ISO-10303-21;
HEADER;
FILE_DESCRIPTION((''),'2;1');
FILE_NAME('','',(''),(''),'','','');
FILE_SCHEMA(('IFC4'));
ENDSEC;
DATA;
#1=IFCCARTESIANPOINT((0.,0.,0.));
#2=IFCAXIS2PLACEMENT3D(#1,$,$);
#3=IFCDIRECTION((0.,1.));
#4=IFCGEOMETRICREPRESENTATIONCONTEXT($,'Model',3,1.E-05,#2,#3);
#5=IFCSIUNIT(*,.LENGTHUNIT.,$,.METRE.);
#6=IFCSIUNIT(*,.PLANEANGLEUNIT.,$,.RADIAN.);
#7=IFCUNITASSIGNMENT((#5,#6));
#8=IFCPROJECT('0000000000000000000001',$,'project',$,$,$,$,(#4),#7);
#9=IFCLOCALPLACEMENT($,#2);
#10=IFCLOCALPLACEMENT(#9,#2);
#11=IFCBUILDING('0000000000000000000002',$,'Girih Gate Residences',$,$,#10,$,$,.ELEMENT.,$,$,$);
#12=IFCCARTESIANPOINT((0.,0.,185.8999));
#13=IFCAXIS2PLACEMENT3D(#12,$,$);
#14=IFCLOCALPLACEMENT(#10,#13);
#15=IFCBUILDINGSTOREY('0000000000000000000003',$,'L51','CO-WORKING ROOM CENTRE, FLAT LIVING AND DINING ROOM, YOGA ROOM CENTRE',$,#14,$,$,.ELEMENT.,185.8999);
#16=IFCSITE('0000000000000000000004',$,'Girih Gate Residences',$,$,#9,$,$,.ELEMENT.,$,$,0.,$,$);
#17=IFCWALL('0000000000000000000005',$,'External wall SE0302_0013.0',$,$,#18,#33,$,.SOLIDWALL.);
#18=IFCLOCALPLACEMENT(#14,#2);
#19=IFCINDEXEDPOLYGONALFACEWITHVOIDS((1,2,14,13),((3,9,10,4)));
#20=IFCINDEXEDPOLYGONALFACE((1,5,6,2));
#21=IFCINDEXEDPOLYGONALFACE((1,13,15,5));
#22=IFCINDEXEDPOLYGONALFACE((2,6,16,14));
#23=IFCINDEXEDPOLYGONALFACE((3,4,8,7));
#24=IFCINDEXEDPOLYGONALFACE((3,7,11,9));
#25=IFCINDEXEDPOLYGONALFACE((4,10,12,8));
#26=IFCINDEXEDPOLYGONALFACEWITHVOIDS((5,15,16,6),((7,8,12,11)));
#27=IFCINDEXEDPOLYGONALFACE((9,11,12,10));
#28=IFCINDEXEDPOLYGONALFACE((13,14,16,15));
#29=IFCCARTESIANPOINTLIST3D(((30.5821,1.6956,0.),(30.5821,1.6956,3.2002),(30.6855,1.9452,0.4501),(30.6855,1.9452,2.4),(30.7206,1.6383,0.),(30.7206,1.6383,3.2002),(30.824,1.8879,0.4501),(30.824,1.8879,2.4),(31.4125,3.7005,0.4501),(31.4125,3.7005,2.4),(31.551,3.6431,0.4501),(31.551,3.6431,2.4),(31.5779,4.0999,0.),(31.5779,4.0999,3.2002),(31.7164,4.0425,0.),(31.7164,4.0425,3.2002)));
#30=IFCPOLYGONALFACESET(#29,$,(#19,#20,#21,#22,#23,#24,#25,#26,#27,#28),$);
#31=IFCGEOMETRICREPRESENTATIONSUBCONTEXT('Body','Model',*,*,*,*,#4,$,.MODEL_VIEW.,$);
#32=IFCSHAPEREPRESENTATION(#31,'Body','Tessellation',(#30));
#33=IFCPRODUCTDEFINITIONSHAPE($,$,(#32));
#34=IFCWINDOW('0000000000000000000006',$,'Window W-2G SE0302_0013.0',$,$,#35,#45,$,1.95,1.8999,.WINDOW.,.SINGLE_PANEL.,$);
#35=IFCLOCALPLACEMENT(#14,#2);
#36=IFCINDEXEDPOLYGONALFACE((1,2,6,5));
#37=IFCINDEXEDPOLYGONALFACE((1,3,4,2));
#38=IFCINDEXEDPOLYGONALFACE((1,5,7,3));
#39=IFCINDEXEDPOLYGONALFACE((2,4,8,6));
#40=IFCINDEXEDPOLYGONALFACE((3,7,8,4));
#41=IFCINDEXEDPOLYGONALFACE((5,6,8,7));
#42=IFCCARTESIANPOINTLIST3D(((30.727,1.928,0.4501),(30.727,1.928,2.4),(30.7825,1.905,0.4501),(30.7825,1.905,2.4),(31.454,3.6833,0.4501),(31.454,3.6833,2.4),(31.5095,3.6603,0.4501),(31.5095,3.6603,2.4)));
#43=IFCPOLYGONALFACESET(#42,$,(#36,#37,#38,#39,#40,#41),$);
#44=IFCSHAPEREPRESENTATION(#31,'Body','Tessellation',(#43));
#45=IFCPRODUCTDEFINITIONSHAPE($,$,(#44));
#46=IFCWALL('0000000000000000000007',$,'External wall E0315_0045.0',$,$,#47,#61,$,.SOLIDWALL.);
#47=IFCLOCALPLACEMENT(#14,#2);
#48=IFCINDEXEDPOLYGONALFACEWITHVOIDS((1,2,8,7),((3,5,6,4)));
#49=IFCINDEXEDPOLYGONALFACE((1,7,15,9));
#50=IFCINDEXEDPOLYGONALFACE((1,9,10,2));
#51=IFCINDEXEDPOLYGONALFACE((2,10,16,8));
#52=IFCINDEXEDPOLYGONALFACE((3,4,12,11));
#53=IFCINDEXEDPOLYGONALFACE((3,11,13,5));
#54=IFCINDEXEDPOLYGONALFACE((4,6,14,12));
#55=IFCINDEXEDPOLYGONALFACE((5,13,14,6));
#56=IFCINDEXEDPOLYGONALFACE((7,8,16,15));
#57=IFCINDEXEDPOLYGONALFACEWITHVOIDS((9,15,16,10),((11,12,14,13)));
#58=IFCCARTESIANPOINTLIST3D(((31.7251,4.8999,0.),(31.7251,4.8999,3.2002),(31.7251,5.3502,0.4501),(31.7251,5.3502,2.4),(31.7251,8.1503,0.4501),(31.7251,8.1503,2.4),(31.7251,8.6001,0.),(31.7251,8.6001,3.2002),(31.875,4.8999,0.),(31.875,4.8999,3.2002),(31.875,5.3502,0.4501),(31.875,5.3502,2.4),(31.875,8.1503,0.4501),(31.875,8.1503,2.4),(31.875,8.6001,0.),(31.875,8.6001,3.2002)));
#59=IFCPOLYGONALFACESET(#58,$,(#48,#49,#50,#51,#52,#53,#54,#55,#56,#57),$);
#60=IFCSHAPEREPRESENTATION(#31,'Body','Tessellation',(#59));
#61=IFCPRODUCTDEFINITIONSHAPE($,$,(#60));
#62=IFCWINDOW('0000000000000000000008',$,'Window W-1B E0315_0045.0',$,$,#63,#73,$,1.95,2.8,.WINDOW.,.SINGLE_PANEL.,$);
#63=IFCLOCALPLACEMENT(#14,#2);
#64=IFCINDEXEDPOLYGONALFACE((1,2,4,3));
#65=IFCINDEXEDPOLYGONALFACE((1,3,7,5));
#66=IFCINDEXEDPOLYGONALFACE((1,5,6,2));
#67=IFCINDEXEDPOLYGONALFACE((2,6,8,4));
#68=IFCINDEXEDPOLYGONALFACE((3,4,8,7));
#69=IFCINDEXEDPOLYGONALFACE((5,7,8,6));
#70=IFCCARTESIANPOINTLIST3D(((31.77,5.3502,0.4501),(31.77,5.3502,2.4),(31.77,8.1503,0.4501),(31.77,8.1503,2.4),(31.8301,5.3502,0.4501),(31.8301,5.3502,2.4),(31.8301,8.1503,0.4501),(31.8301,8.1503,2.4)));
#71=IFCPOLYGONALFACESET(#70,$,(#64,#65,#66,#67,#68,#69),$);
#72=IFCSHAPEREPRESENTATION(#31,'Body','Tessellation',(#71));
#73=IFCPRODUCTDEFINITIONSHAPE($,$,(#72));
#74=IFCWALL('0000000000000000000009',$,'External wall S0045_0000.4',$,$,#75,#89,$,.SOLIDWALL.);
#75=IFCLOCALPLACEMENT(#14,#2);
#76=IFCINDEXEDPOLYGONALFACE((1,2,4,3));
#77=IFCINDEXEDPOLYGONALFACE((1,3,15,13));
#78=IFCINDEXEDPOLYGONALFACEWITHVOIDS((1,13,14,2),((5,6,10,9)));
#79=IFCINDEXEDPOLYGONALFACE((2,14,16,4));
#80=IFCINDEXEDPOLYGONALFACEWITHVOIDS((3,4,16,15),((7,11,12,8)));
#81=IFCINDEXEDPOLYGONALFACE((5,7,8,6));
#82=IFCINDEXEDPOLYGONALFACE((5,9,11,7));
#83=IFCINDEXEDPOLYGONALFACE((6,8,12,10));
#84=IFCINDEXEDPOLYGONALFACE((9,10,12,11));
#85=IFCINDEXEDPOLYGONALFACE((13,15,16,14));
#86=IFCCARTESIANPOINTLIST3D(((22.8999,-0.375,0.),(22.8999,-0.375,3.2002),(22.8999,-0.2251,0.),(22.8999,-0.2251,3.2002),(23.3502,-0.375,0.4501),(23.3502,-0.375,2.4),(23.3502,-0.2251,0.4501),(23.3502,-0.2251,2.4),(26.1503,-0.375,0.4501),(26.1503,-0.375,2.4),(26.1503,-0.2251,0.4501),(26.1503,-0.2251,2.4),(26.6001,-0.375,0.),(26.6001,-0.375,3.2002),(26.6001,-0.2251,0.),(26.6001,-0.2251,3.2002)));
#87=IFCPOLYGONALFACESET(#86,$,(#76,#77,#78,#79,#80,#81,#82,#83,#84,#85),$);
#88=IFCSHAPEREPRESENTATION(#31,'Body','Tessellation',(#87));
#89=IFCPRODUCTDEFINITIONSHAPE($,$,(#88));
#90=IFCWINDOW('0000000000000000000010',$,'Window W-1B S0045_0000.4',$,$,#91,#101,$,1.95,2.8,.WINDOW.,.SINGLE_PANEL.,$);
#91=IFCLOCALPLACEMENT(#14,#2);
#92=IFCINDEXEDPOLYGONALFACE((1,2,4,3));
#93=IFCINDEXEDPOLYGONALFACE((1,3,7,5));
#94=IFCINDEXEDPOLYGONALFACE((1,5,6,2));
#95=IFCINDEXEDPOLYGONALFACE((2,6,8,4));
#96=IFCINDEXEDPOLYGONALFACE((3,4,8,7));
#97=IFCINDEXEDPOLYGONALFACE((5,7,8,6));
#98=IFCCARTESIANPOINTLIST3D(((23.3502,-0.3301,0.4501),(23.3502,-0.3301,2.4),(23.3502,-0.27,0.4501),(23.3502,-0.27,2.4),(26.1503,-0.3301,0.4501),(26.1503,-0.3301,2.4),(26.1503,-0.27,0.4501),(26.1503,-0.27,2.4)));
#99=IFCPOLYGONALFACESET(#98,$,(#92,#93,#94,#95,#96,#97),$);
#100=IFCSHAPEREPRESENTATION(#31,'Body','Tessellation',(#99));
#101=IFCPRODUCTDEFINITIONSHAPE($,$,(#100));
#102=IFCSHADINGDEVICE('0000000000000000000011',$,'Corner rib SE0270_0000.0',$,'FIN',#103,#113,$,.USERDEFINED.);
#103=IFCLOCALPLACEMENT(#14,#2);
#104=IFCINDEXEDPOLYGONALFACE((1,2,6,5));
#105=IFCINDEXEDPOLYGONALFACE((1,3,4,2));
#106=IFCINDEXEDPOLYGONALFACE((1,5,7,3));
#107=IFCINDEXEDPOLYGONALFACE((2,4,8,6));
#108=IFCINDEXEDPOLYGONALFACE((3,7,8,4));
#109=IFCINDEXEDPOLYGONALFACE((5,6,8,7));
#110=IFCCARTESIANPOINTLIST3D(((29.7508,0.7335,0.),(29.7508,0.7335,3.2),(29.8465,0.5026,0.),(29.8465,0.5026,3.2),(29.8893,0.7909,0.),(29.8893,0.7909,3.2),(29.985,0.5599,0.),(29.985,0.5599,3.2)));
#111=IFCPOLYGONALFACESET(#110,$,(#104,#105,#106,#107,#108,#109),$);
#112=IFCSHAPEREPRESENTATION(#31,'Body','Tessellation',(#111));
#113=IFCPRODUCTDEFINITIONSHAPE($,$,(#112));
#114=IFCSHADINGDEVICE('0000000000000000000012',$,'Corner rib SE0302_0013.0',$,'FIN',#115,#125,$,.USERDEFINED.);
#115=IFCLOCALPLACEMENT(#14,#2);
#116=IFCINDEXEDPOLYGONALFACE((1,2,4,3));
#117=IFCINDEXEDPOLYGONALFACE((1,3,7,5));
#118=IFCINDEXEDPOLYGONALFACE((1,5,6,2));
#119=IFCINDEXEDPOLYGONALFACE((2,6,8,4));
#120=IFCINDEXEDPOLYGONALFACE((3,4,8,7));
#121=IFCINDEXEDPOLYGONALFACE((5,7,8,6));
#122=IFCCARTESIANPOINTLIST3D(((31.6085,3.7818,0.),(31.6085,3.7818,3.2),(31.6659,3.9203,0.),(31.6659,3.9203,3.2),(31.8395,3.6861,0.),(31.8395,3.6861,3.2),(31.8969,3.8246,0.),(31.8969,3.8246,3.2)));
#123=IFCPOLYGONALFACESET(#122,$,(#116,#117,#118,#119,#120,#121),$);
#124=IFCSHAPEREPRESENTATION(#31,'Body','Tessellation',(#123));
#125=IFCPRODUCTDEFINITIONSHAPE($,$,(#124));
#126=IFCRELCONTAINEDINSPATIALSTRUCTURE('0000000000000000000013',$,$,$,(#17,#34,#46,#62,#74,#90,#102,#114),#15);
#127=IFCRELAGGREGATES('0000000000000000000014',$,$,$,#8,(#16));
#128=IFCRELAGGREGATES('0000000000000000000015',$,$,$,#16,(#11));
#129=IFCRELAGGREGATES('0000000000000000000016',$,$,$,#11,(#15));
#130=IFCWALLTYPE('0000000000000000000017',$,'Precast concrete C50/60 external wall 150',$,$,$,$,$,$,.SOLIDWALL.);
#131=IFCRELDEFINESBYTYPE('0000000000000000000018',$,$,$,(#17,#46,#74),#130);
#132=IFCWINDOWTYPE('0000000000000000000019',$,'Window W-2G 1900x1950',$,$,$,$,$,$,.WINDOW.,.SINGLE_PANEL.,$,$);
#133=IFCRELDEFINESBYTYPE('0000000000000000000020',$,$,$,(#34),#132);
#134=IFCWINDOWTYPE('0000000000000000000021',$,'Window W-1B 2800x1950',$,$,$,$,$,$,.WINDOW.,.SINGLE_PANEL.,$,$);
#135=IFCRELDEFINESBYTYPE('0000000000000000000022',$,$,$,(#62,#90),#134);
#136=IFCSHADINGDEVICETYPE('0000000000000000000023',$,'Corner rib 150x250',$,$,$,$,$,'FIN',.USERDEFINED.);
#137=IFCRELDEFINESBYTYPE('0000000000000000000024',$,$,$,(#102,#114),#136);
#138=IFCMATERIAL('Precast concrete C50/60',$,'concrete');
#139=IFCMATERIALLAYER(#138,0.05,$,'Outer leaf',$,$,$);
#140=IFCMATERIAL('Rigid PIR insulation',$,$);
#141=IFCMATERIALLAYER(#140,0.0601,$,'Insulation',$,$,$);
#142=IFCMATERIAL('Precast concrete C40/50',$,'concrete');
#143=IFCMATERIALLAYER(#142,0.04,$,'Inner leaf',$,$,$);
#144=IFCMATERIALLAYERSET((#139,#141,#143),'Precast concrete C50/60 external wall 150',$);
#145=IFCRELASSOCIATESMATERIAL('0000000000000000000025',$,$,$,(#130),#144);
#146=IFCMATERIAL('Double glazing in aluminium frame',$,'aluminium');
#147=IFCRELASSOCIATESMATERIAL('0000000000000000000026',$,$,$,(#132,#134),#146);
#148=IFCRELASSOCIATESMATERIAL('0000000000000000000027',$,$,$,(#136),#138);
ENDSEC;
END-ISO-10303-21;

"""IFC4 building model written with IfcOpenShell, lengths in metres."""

from ifc_helpers import new_model, si_unit, direction, frame, frame_2d, origin, origin_2d, place, context, subcontext, project, spatial, rectangle, extrude, material, layer, layer_set, type_object, element, fill, save


model = new_model("IFC4")

# Units and contexts
model_context = context("Model", 3, precision=1e-05, world=origin(), true_north=direction((0.0, 1.0)))
body_context = subcontext(model_context, "Body", "Model", "MODEL_VIEW")
ifc_project = project(units=[si_unit("LENGTHUNIT", "METRE"), si_unit("PLANEANGLEUNIT", "RADIAN")], contexts=[model_context])

# Site, building, storey
site_placement = place(None, origin())
site = spatial("IfcSite", under=ifc_project, at=site_placement, Name="Girih Gate Residences", CompositionType="ELEMENT", RefElevation=0.0)
building_placement = place(site_placement, origin())
building = spatial("IfcBuilding", under=site, at=building_placement, Name="Girih Gate Residences", CompositionType="ELEMENT")
storey_placement = place(building_placement, frame((0.0, 0.0, 185.8999)))
storey = spatial("IfcBuildingStorey", under=building, at=storey_placement, Name="L51", Description="CO-WORKING ROOM CENTRE, FLAT LIVING AND DINING ROOM, YOGA ROOM CENTRE", CompositionType="ELEMENT", Elevation=185.8999)

# Walls, openings, windows
ifc_material_1 = material(Name="Precast concrete C50/60", Category="concrete")
ifc_layer_1 = layer(ifc_material_1, 0.05, Name="Outer leaf")
ifc_material_2 = material(Name="Rigid PIR insulation")
ifc_layer_2 = layer(ifc_material_2, 0.0601, Name="Insulation")
ifc_material_3 = material(Name="Precast concrete C40/50", Category="concrete")
ifc_layer_3 = layer(ifc_material_3, 0.04, Name="Inner leaf")
ifc_layer_set_1 = layer_set([ifc_layer_1, ifc_layer_2, ifc_layer_3], Name="Precast concrete C50/60 external wall 150")
wall_type_1 = type_object("IfcWallType", Name="Precast concrete C50/60 external wall 150", PredefinedType="SOLIDWALL", material=ifc_layer_set_1)
ifc_material_4 = material(Name="Double glazing in aluminium frame", Category="aluminium")
window_type_1 = type_object("IfcWindowType", Name="Window W-2G 1900x1950", PartitioningType="SINGLE_PANEL", PredefinedType="WINDOW", material=ifc_material_4)
wall_1_placement = place(storey_placement, frame((31.6472, 4.0713, 0.0), z_axis=(0.0, 0.0, 1.0), x_axis=(-0.382669, -0.923885, 0.0)))
wall_1 = element("IfcWall", 1, at=wall_1_placement, inside=storey, type_object=wall_type_1, Name="External wall SE0302_0013.0", PredefinedType="SOLIDWALL", context=body_context, shape_type="SweptSolid", body=[
    extrude(rectangle(XDim=2.6023, YDim=0.1499, at=frame_2d((1.3013, 0.0))), origin(), (0.0, 0.0, 1.0), 3.2002),
])
opening_1_placement = place(wall_1_placement, frame((0.4324, 0.0, 0.45)))
opening_1 = element("IfcOpeningElement", 2, at=opening_1_placement, cuts=wall_1, PredefinedType="OPENING", context=body_context, shape_type="SweptSolid", body=[
    extrude(rectangle(XDim=1.8999, YDim=1.95, at=frame_2d((0.95, 0.9751))), frame((0.0, 0.085, 0.0), z_axis=(0.0, -1.0, 0.0), x_axis=(1.0, 0.0, 0.0)), (0.0, 0.0, 1.0), 0.1699),
])
window_1_placement = place(opening_1_placement, origin())
window_1 = element("IfcWindow", 3, at=window_1_placement, inside=storey, type_object=window_type_1, Name="Window W-2G SE0302_0013.0", OverallHeight=1.95, OverallWidth=1.8999, PartitioningType="SINGLE_PANEL", PredefinedType="WINDOW", context=body_context, shape_type="SweptSolid", body=[
    extrude(rectangle(XDim=1.8999, YDim=1.95, at=frame_2d((0.95, 0.9751))), frame((0.0, 0.03, 0.0), z_axis=(0.0, -1.0, 0.0), x_axis=(1.0, 0.0, 0.0)), (0.0, 0.0, 1.0), 0.0601),
])
fill(opening_1, window_1)
wall_2_placement = place(storey_placement, frame((31.8, 8.6001, 0.0), z_axis=(0.0, 0.0, 1.0), x_axis=(0.0, -1.0, 0.0)))
wall_2 = element("IfcWall", 4, at=wall_2_placement, inside=storey, type_object=wall_type_1, Name="External wall E0315_0045.0", PredefinedType="SOLIDWALL", context=body_context, shape_type="SweptSolid", body=[
    extrude(rectangle(XDim=3.7002, YDim=0.1499, at=frame_2d((1.8501, 0.0))), origin(), (0.0, 0.0, 1.0), 3.2002),
])
opening_2_placement = place(wall_2_placement, frame((0.45, 0.0, 0.45)))
opening_2 = element("IfcOpeningElement", 5, at=opening_2_placement, cuts=wall_2, PredefinedType="OPENING", context=body_context, shape_type="SweptSolid", body=[
    extrude(rectangle(XDim=2.8, YDim=1.95, at=frame_2d((1.3999, 0.9751))), frame((0.0, 0.085, 0.0), z_axis=(0.0, -1.0, 0.0), x_axis=(1.0, 0.0, 0.0)), (0.0, 0.0, 1.0), 0.1699),
])
window_type_2 = type_object("IfcWindowType", Name="Window W-1B 2800x1950", PartitioningType="SINGLE_PANEL", PredefinedType="WINDOW", material=ifc_material_4)
window_2_placement = place(opening_2_placement, origin())
window_2 = element("IfcWindow", 6, at=window_2_placement, inside=storey, type_object=window_type_2, Name="Window W-1B E0315_0045.0", OverallHeight=1.95, OverallWidth=2.8, PartitioningType="SINGLE_PANEL", PredefinedType="WINDOW", context=body_context, shape_type="SweptSolid", body=[
    extrude(rectangle(XDim=2.8, YDim=1.95, at=frame_2d((1.3999, 0.9751))), frame((0.0, 0.03, 0.0), z_axis=(0.0, -1.0, 0.0), x_axis=(1.0, 0.0, 0.0)), (0.0, 0.0, 1.0), 0.0601),
])
fill(opening_2, window_2)
wall_3_placement = place(storey_placement, frame((26.6001, -0.3, 0.0), z_axis=(0.0, 0.0, 1.0), x_axis=(-1.0, 0.0, 0.0)))
wall_3 = element("IfcWall", 7, at=wall_3_placement, inside=storey, type_object=wall_type_1, Name="External wall S0045_0000.4", PredefinedType="SOLIDWALL", context=body_context, shape_type="SweptSolid", body=[
    extrude(rectangle(XDim=3.7002, YDim=0.1499, at=frame_2d((1.8501, 0.0))), origin(), (0.0, 0.0, 1.0), 3.2002),
])
opening_3_placement = place(wall_3_placement, frame((0.45, 0.0, 0.45)))
opening_3 = element("IfcOpeningElement", 8, at=opening_3_placement, cuts=wall_3, PredefinedType="OPENING", context=body_context, shape_type="SweptSolid", body=[
    extrude(rectangle(XDim=2.8, YDim=1.95, at=frame_2d((1.3999, 0.9751))), frame((0.0, 0.085, 0.0), z_axis=(0.0, -1.0, 0.0), x_axis=(1.0, 0.0, 0.0)), (0.0, 0.0, 1.0), 0.1699),
])
window_3_placement = place(opening_3_placement, origin())
window_3 = element("IfcWindow", 9, at=window_3_placement, inside=storey, type_object=window_type_2, Name="Window W-1B S0045_0000.4", OverallHeight=1.95, OverallWidth=2.8, PartitioningType="SINGLE_PANEL", PredefinedType="WINDOW", context=body_context, shape_type="SweptSolid", body=[
    extrude(rectangle(XDim=2.8, YDim=1.95, at=frame_2d((1.3999, 0.9751))), frame((0.0, 0.03, 0.0), z_axis=(0.0, -1.0, 0.0), x_axis=(1.0, 0.0, 0.0)), (0.0, 0.0, 1.0), 0.0601),
])
fill(opening_3, window_3)

# Shading devices
shading_device_type = type_object("IfcShadingDeviceType", Name="Corner rib 150x250", ElementType="FIN", PredefinedType="USERDEFINED", material=ifc_material_1)
for number, where, z_axis, x_axis, name in (
    (10, (29.8679, 0.6467, 0.0), (0.0, 0.0, 1.0), (0.92388, 0.382683, 0.0), "Corner rib SE0270_0000.0"),
    (11, (31.7527, 3.8032, 0.0), (0.0, 0.0, 1.0), (0.382683, 0.92388, 0.0), "Corner rib SE0302_0013.0"),
):
    element("IfcShadingDevice", number, at=place(storey_placement, frame(where, z_axis=z_axis, x_axis=x_axis)), inside=storey, type_object=shading_device_type, Name=name, ObjectType="FIN", PredefinedType="USERDEFINED", context=body_context, shape_type="SweptSolid", body=[
        extrude(rectangle(XDim=0.1499, YDim=0.25, at=origin_2d()), origin(), (0.0, 0.0, 1.0), 3.2),
    ])

save(model, "model.ifc")
